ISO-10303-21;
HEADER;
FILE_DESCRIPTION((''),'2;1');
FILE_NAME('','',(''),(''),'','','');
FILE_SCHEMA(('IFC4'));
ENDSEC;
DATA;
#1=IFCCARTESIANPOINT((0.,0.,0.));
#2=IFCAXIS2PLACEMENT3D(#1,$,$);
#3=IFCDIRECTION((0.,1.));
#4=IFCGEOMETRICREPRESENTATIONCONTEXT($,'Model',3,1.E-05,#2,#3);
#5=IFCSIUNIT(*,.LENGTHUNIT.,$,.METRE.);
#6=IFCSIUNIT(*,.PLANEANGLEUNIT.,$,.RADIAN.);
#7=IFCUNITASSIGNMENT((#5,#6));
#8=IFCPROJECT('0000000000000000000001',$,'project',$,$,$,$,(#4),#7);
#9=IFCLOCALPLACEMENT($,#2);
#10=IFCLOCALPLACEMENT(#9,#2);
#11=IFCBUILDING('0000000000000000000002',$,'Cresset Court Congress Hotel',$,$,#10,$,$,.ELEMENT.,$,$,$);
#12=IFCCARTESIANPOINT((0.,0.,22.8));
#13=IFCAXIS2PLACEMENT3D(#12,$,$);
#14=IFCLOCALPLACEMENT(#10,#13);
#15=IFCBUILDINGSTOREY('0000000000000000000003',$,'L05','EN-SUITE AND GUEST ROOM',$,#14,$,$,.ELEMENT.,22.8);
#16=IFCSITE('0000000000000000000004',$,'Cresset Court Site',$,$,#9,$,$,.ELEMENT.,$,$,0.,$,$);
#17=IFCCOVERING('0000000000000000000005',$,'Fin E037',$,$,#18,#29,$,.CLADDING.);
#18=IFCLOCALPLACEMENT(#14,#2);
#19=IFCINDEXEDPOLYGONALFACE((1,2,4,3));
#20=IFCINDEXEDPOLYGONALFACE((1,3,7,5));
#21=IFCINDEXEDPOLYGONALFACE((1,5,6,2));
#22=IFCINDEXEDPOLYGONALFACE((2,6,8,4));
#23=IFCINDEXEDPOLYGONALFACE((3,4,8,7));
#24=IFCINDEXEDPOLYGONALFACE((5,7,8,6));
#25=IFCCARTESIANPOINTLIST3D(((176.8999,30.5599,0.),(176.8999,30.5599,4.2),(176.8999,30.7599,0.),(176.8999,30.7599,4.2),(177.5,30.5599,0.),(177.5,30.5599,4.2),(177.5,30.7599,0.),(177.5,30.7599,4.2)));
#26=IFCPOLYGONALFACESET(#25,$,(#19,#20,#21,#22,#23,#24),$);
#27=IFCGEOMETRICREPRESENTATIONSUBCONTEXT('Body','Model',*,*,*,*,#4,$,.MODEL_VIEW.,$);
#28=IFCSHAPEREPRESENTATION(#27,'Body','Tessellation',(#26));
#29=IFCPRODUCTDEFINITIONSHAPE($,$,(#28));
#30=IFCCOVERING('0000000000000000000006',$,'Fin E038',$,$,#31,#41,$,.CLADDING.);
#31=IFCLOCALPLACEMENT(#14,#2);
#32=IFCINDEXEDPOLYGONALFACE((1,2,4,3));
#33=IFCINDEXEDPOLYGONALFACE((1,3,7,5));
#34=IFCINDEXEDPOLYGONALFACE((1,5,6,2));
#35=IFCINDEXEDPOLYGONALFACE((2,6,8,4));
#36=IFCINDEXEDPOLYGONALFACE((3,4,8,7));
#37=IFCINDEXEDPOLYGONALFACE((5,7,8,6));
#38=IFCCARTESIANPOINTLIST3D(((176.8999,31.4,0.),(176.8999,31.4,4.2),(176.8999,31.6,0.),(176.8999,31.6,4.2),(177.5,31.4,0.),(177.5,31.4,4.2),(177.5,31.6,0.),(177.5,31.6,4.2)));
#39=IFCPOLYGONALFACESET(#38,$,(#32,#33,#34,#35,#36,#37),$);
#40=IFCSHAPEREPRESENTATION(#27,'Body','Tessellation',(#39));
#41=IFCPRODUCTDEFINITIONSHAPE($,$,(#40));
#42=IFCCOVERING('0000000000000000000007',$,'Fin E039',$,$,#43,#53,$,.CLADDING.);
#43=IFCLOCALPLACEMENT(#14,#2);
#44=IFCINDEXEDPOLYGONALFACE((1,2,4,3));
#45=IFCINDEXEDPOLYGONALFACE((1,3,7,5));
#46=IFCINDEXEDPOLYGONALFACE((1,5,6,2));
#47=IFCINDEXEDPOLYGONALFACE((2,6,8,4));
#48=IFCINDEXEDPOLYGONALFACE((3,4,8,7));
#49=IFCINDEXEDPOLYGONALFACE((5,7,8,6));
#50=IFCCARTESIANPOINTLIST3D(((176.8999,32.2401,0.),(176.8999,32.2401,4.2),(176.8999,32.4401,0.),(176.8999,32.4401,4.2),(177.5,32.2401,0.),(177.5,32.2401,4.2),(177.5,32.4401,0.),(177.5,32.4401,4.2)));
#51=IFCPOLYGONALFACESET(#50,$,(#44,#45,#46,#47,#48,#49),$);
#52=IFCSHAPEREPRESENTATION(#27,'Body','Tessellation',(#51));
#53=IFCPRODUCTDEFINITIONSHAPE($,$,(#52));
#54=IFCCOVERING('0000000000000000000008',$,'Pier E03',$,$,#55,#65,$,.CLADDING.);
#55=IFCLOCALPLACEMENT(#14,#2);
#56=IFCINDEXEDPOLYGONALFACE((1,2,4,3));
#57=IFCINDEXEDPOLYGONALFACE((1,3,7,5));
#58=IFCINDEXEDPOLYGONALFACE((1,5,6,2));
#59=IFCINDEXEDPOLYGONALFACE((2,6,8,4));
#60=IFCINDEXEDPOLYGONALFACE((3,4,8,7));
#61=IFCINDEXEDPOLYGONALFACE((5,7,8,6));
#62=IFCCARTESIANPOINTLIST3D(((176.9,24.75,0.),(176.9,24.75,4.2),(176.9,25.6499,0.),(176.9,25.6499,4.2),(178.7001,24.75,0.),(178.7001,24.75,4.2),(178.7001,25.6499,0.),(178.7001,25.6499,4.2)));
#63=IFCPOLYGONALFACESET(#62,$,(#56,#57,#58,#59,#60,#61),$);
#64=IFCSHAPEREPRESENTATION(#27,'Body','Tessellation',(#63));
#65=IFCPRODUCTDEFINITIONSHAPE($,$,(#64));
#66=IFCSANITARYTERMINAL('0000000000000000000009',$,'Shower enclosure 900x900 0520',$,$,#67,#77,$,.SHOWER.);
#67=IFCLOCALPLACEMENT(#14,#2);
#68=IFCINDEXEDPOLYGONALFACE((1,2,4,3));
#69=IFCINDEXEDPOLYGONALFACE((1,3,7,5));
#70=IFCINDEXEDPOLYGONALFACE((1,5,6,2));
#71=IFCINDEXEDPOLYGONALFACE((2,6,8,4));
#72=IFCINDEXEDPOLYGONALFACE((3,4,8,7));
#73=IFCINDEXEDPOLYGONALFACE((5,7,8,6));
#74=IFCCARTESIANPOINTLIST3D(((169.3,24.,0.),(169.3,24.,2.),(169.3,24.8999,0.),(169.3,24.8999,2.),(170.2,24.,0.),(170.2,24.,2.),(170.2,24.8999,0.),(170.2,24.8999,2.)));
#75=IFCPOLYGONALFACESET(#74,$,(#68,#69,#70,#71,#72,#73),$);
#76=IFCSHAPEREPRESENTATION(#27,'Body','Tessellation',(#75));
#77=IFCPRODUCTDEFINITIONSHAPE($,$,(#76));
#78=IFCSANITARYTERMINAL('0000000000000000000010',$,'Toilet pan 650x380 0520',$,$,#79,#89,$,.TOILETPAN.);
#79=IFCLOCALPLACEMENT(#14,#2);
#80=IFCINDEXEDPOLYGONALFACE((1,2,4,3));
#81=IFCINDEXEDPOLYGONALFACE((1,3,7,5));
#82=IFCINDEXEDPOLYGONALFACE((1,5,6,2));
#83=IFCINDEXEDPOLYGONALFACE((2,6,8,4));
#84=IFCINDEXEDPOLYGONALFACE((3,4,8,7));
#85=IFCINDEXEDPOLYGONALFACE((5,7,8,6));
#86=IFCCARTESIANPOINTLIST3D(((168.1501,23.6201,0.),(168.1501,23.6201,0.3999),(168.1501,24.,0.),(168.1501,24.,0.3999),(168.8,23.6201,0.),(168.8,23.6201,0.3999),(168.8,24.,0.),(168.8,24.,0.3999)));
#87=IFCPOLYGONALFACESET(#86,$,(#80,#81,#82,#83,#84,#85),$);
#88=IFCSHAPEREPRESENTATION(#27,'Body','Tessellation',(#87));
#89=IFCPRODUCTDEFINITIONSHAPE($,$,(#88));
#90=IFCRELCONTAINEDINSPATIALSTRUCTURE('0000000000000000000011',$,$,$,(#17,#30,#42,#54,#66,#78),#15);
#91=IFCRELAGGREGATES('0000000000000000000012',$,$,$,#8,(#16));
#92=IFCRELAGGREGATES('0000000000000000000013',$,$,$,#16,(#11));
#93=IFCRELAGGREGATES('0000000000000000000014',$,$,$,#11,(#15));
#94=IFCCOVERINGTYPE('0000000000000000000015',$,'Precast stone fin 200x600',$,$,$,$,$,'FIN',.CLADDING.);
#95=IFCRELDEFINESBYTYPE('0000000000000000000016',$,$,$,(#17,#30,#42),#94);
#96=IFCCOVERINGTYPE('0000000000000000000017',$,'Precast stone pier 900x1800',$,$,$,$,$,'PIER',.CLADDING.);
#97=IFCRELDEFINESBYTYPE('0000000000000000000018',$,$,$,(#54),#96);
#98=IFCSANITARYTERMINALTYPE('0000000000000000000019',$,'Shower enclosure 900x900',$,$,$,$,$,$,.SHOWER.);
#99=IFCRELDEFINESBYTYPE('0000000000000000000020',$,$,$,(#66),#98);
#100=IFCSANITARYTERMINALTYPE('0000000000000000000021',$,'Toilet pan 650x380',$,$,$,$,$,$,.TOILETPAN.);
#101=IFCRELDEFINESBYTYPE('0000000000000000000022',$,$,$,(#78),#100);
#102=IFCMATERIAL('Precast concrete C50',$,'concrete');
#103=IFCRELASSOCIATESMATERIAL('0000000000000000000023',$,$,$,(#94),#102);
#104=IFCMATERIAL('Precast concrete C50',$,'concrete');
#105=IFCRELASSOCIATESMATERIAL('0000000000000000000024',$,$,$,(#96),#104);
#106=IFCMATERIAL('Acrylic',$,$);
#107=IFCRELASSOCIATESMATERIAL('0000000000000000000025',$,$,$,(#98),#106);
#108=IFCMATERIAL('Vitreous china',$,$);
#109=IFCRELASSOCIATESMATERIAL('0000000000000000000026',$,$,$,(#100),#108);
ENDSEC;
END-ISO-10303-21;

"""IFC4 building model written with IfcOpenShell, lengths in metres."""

from ifc_helpers import new_model, si_unit, direction, frame, origin, origin_2d, place, context, subcontext, project, spatial, rectangle, extrude, material, type_object, element, save


model = new_model("IFC4")

# Units and contexts
model_context = context("Model", 3, precision=1e-05, world=origin(), true_north=direction((0.0, 1.0)))
body_context = subcontext(model_context, "Body", "Model", "MODEL_VIEW")
ifc_project = project(units=[si_unit("LENGTHUNIT", "METRE"), si_unit("PLANEANGLEUNIT", "RADIAN")], contexts=[model_context])

# Site, building, storey
site_placement = place(None, origin())
site = spatial("IfcSite", under=ifc_project, at=site_placement, Name="Cresset Court Site", CompositionType="ELEMENT", RefElevation=0.0)
building_placement = place(site_placement, origin())
building = spatial("IfcBuilding", under=site, at=building_placement, Name="Cresset Court Congress Hotel", CompositionType="ELEMENT")
storey_placement = place(building_placement, frame((0.0, 0.0, 22.8)))
storey = spatial("IfcBuildingStorey", under=building, at=storey_placement, Name="L05", Description="EN-SUITE AND GUEST ROOM", CompositionType="ELEMENT", Elevation=22.8)

# Coverings
ifc_material_1 = material(Name="Precast concrete C50", Category="concrete")
covering_type_1 = type_object("IfcCoveringType", Name="Precast stone fin 200x600", ElementType="FIN", PredefinedType="CLADDING", material=ifc_material_1)
for number, where, z_axis, x_axis, name in (
    (1, (177.2, 30.6599, 0.0), (0.0, 0.0, 1.0), (1.0, 0.0, 0.0), "Fin E037"),
    (2, (177.2, 31.5, 0.0), (0.0, 0.0, 1.0), (1.0, 0.0, 0.0), "Fin E038"),
    (3, (177.2, 32.3401, 0.0), (0.0, 0.0, 1.0), (1.0, 0.0, 0.0), "Fin E039"),
):
    element("IfcCovering", number, at=place(storey_placement, frame(where, z_axis=z_axis, x_axis=x_axis)), inside=storey, type_object=covering_type_1, Name=name, PredefinedType="CLADDING", context=body_context, shape_type="SweptSolid", body=[
        extrude(rectangle(XDim=0.6001, YDim=0.2, at=origin_2d()), origin(), (0.0, 0.0, 1.0), 4.2),
    ])
ifc_material_2 = material(Name="Precast concrete C50", Category="concrete")
covering_type_2 = type_object("IfcCoveringType", Name="Precast stone pier 900x1800", ElementType="PIER", PredefinedType="CLADDING", material=ifc_material_2)
covering_placement = place(storey_placement, frame((177.8, 25.2, 0.0), z_axis=(0.0, 0.0, 1.0), x_axis=(1.0, 0.0, 0.0)))
element("IfcCovering", 4, at=covering_placement, inside=storey, type_object=covering_type_2, Name="Pier E03", PredefinedType="CLADDING", context=body_context, shape_type="SweptSolid", body=[
    extrude(rectangle(XDim=1.8, YDim=0.8999, at=origin_2d()), origin(), (0.0, 0.0, 1.0), 4.2),
])

# Sanitary terminals
ifc_material_3 = material(Name="Acrylic")
sanitary_terminal_type_1 = type_object("IfcSanitaryTerminalType", Name="Shower enclosure 900x900", PredefinedType="SHOWER", material=ifc_material_3)
sanitary_terminal_1_placement = place(storey_placement, frame((169.75, 24.45, 0.0), z_axis=(0.0, 0.0, 1.0), x_axis=(1.0, 0.0, 0.0)))
element("IfcSanitaryTerminal", 5, at=sanitary_terminal_1_placement, inside=storey, type_object=sanitary_terminal_type_1, Name="Shower enclosure 900x900 0520", PredefinedType="SHOWER", context=body_context, shape_type="SweptSolid", body=[
    extrude(rectangle(XDim=0.8999, YDim=0.8999, at=origin_2d()), origin(), (0.0, 0.0, 1.0), 2.0),
])
ifc_material_4 = material(Name="Vitreous china")
sanitary_terminal_type_2 = type_object("IfcSanitaryTerminalType", Name="Toilet pan 650x380", PredefinedType="TOILETPAN", material=ifc_material_4)
sanitary_terminal_2_placement = place(storey_placement, frame((168.4751, 23.8101, 0.0), z_axis=(0.0, 0.0, 1.0), x_axis=(1.0, 0.0, 0.0)))
element("IfcSanitaryTerminal", 6, at=sanitary_terminal_2_placement, inside=storey, type_object=sanitary_terminal_type_2, Name="Toilet pan 650x380 0520", PredefinedType="TOILETPAN", context=body_context, shape_type="SweptSolid", body=[
    extrude(rectangle(XDim=0.6499, YDim=0.3799, at=origin_2d()), origin(), (0.0, 0.0, 1.0), 0.3999),
])

save(model, "model.ifc")
